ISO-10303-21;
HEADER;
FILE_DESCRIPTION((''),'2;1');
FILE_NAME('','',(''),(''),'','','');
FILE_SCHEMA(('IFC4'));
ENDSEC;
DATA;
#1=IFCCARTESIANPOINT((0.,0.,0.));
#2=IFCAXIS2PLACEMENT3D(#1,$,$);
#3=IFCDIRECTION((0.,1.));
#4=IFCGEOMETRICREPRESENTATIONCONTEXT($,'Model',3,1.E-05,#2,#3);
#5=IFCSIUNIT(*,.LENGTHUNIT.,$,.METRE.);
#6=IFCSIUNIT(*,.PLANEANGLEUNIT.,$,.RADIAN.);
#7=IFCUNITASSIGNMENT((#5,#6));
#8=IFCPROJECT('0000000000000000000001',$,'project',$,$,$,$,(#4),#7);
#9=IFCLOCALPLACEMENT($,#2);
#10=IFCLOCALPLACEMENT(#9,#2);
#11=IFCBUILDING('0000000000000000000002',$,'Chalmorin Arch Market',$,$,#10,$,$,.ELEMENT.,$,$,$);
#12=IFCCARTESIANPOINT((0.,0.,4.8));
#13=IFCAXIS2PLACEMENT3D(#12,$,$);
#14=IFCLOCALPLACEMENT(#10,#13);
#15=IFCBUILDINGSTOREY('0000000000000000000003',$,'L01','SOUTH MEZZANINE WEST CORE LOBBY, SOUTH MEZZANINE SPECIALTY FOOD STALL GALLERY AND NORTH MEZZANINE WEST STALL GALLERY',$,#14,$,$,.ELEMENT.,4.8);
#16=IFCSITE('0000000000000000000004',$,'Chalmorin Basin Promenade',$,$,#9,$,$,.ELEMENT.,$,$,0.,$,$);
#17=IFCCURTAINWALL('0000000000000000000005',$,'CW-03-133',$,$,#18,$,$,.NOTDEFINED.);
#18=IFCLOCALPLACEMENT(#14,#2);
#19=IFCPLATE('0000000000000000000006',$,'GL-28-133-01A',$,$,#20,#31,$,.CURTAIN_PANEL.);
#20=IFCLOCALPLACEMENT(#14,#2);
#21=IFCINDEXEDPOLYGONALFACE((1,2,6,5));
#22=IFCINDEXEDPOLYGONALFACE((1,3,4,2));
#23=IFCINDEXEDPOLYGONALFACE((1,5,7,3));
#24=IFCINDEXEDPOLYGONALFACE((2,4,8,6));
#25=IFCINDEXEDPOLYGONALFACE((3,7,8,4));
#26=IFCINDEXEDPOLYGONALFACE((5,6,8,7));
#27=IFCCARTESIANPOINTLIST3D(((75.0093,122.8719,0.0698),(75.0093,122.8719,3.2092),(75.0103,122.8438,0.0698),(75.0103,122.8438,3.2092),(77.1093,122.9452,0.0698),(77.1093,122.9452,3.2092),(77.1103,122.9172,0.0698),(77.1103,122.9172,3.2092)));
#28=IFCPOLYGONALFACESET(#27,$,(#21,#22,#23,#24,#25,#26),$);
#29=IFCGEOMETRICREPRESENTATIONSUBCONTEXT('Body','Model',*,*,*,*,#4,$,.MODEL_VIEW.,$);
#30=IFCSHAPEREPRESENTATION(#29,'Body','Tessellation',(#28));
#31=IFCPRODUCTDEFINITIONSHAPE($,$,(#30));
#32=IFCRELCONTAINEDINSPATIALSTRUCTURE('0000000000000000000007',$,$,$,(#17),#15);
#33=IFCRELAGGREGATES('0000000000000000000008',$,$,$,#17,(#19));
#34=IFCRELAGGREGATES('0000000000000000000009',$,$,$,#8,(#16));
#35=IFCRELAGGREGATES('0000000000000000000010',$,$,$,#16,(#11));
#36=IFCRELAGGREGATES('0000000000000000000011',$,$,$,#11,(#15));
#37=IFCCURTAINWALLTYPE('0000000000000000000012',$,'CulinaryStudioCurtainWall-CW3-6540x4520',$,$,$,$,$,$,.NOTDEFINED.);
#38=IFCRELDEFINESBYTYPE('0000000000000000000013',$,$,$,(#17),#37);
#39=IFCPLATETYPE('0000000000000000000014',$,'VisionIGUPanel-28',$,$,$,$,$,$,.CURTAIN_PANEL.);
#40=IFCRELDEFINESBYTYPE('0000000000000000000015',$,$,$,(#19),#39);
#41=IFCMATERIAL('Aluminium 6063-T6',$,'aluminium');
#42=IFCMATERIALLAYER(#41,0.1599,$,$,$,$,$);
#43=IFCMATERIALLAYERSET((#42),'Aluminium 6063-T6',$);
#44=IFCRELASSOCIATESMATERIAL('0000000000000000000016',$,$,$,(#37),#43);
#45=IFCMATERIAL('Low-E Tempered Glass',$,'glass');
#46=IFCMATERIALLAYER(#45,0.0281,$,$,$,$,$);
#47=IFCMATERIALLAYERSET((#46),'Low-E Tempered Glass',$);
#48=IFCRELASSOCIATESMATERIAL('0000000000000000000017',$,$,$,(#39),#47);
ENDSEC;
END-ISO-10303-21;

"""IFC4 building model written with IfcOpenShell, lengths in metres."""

from ifc_helpers import new_model, si_unit, direction, frame, origin, origin_2d, place, context, subcontext, project, spatial, rectangle, extrude, material, layer, layer_set, type_object, element, aggregate, save


model = new_model("IFC4")

# Units and contexts
model_context = context("Model", 3, precision=1e-05, world=origin(), true_north=direction((0.0, 1.0)))
body_context = subcontext(model_context, "Body", "Model", "MODEL_VIEW")
ifc_project = project(units=[si_unit("LENGTHUNIT", "METRE"), si_unit("PLANEANGLEUNIT", "RADIAN")], contexts=[model_context])

# Site, building, storey
site_placement = place(None, origin())
site = spatial("IfcSite", under=ifc_project, at=site_placement, Name="Chalmorin Basin Promenade", CompositionType="ELEMENT", RefElevation=0.0)
building_placement = place(site_placement, origin())
building = spatial("IfcBuilding", under=site, at=building_placement, Name="Chalmorin Arch Market", CompositionType="ELEMENT")
storey_placement = place(building_placement, frame((0.0, 0.0, 4.8)))
storey = spatial("IfcBuildingStorey", under=building, at=storey_placement, Name="L01", Description="SOUTH MEZZANINE WEST CORE LOBBY, SOUTH MEZZANINE SPECIALTY FOOD STALL GALLERY AND NORTH MEZZANINE WEST STALL GALLERY", CompositionType="ELEMENT", Elevation=4.8)

# Shared definitions
ifc_material_1 = material(Name="Aluminium 6063-T6", Category="aluminium")

# Curtain wall
ifc_layer_1 = layer(ifc_material_1, 0.1599)
ifc_layer_set_1 = layer_set([ifc_layer_1], Name="Aluminium 6063-T6")
curtain_wall_type_1 = type_object("IfcCurtainWallType", Name="CulinaryStudioCurtainWall-CW3-6540x4520", PredefinedType="NOTDEFINED", material=ifc_layer_set_1)
curtain_wall_1_placement = place(storey_placement, origin())
curtain_wall_1 = element("IfcCurtainWall", 1, at=curtain_wall_1_placement, inside=storey, type_object=curtain_wall_type_1, Name="CW-03-133", PredefinedType="NOTDEFINED")

# Plate
ifc_material_2 = material(Name="Low-E Tempered Glass", Category="glass")
ifc_layer_2 = layer(ifc_material_2, 0.0281)
ifc_layer_set_2 = layer_set([ifc_layer_2], Name="Low-E Tempered Glass")
plate_type_1 = type_object("IfcPlateType", Name="VisionIGUPanel-28", PredefinedType="CURTAIN_PANEL", material=ifc_layer_set_2)
plate_1_placement = place(storey_placement, frame((76.0598, 122.8945, 0.0698), z_axis=(0.0, 0.0, 1.0), x_axis=(0.999391, 0.034899, 0.0)))
plate_1 = element("IfcPlate", 2, at=plate_1_placement, type_object=plate_type_1, Name="GL-28-133-01A", PredefinedType="CURTAIN_PANEL", context=body_context, shape_type="SweptSolid", body=[
    extrude(rectangle(XDim=2.1013, YDim=0.0281, at=origin_2d()), origin(), (0.0, 0.0, 1.0), 3.1394),
])
aggregate(curtain_wall_1, [plate_1])

save(model, "model.ifc")
